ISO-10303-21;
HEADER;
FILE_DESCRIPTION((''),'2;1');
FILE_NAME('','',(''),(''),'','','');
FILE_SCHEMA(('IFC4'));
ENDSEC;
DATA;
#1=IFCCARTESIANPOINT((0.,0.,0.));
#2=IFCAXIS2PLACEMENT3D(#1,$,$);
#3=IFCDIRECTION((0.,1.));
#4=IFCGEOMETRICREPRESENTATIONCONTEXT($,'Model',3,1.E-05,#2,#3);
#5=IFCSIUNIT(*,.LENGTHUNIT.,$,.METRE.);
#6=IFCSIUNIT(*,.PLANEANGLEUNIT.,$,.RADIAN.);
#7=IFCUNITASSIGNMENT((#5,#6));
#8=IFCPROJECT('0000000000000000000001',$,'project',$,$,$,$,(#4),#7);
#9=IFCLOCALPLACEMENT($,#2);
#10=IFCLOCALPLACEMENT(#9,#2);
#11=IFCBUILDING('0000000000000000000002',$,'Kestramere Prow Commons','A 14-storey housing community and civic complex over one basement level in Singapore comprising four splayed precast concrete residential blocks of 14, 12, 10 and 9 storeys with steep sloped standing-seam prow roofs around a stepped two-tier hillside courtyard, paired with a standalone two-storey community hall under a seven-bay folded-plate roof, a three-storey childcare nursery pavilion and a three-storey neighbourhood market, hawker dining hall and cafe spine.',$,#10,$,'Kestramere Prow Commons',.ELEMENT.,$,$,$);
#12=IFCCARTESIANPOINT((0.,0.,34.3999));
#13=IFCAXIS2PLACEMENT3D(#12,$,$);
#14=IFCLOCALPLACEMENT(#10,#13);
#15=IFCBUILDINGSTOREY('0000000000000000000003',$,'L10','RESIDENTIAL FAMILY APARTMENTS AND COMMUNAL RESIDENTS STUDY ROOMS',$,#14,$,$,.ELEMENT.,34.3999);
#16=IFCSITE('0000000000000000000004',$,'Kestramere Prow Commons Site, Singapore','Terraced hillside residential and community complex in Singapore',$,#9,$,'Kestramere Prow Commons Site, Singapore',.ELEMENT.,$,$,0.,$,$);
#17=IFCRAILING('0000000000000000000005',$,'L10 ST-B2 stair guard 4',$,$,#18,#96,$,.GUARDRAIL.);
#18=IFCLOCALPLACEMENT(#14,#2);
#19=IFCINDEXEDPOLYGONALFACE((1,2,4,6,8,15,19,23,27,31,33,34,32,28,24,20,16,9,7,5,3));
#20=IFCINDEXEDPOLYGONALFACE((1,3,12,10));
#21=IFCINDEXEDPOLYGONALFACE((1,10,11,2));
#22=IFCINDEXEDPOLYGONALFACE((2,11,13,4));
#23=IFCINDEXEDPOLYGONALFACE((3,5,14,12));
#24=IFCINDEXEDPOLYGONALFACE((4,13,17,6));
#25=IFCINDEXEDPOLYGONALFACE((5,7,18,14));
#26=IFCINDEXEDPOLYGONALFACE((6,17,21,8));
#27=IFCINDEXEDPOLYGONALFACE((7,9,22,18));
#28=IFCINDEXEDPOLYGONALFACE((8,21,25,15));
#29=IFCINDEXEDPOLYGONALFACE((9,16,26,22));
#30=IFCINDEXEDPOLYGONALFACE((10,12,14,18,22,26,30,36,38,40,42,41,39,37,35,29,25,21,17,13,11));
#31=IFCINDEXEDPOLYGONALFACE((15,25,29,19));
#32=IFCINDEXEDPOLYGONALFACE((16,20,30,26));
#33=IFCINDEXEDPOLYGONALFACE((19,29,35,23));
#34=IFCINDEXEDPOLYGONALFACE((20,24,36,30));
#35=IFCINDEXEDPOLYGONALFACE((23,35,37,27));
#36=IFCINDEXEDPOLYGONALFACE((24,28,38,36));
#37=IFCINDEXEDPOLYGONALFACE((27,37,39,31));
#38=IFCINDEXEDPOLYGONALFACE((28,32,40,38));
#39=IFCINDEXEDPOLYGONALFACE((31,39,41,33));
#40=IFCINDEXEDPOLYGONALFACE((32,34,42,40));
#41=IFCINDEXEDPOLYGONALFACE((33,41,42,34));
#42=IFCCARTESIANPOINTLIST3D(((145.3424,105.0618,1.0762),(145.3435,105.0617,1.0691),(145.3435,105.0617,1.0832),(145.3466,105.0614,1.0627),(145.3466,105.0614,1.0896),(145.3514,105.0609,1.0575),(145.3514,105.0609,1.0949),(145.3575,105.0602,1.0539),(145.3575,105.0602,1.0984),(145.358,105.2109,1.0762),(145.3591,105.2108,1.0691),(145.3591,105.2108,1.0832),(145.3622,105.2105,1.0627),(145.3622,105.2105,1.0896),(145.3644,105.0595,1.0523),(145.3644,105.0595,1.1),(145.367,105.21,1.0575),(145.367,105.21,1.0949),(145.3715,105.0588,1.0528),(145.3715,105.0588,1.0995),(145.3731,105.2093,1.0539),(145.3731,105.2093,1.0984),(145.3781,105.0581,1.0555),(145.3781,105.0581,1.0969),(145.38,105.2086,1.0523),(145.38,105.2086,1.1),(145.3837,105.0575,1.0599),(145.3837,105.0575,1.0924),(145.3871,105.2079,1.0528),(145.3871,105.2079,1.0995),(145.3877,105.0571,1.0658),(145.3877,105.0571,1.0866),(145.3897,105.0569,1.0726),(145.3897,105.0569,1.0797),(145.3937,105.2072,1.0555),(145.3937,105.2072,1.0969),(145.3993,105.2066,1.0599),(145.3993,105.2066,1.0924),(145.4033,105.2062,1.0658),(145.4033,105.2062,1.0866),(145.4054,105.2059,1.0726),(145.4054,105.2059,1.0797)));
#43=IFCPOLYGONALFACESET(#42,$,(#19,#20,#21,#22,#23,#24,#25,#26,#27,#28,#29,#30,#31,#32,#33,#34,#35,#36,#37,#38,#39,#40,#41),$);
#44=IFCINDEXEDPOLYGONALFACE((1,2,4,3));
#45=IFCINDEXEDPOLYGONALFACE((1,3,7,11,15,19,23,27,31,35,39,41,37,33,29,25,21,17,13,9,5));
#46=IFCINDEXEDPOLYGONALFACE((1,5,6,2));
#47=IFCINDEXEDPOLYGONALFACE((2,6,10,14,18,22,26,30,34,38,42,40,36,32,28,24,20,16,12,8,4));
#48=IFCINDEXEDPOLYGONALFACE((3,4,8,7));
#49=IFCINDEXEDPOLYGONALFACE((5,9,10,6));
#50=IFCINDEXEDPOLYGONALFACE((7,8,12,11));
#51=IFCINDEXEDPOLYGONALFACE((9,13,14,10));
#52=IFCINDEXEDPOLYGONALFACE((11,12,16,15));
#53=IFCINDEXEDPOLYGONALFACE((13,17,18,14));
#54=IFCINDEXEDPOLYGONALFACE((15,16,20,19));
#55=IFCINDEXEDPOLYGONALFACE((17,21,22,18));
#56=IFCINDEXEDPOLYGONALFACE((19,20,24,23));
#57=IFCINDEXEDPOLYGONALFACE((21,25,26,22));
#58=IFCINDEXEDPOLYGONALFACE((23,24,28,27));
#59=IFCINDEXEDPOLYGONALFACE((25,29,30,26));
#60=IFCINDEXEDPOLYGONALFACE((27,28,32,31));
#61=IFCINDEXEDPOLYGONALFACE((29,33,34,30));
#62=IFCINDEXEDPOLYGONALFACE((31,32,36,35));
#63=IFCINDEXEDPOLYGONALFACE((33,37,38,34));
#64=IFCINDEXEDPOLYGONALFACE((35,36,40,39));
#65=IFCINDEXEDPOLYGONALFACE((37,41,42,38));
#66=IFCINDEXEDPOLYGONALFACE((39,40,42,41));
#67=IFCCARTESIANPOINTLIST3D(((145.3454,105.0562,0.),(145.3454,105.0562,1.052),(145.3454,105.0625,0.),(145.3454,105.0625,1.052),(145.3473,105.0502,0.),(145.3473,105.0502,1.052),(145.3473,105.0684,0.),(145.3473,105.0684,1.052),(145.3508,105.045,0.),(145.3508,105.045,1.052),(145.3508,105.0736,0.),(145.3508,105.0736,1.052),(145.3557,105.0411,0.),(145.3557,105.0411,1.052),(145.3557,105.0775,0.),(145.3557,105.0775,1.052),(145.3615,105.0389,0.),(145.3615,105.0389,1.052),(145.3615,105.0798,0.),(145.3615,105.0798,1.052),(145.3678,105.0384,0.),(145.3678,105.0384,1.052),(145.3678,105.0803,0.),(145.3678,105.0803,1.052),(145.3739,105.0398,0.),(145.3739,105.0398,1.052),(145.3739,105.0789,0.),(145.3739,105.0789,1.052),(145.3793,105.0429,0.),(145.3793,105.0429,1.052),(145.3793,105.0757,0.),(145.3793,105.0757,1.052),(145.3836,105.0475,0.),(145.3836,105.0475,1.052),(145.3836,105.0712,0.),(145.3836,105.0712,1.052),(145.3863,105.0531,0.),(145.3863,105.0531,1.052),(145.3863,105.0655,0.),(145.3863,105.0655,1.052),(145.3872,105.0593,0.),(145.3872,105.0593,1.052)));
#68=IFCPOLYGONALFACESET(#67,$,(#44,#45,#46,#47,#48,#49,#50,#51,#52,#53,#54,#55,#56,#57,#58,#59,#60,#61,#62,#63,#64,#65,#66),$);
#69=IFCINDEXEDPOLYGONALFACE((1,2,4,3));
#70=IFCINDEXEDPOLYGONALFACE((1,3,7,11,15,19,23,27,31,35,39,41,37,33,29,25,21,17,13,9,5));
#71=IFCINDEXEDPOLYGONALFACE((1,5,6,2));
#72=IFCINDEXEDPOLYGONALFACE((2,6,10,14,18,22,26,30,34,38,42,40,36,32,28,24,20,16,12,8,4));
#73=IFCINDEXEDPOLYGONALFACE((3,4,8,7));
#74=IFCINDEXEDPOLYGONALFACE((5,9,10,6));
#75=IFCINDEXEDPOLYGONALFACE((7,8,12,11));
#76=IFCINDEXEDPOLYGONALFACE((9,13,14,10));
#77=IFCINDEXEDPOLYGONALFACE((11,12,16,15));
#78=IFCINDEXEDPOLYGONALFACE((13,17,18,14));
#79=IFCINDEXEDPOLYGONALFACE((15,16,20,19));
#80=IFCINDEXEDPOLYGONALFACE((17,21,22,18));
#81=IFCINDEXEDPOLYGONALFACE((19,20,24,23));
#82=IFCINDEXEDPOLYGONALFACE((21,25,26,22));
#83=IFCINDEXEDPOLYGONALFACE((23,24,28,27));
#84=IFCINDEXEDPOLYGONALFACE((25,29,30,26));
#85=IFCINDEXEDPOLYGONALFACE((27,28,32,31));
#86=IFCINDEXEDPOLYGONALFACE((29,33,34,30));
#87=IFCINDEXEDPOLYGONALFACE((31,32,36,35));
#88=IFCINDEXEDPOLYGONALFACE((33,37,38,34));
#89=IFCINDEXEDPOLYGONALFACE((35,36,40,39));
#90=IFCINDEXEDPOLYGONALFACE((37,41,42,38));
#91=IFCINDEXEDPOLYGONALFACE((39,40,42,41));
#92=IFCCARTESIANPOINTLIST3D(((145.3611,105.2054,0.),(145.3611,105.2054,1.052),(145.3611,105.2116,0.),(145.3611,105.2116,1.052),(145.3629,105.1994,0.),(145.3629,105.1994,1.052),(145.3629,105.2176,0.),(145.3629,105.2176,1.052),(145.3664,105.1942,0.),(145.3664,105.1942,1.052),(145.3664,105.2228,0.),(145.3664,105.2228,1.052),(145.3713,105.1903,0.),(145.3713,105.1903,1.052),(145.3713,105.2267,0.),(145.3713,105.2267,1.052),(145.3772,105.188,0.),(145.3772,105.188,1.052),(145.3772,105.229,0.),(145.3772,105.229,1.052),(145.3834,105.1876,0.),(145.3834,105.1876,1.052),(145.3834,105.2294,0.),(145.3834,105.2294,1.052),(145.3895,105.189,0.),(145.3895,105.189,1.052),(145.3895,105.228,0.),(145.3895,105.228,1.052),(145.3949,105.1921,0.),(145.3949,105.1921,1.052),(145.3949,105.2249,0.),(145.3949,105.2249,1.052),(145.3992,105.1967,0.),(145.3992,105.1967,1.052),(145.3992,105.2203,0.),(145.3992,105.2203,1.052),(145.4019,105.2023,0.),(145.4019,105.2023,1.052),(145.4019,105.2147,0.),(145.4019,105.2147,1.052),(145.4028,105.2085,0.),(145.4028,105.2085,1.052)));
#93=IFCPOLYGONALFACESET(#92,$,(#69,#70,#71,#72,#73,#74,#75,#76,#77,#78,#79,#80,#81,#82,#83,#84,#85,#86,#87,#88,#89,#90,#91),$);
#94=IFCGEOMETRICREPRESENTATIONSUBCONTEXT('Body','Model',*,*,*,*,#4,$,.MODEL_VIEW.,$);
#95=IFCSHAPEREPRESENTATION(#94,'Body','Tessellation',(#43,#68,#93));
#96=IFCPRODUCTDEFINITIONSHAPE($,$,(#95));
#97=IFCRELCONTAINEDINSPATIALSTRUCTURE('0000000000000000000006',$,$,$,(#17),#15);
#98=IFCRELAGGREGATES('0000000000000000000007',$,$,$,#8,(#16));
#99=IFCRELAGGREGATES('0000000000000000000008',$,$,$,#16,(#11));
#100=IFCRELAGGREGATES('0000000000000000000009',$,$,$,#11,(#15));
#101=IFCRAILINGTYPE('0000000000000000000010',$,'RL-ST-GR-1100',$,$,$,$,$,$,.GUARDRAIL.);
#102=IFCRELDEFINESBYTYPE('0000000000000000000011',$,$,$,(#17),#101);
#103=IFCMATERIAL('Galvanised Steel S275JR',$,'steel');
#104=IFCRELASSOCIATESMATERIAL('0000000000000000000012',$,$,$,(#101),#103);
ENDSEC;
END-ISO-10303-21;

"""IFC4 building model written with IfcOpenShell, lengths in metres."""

from ifc_helpers import new_model, si_unit, direction, frame, origin, origin_2d, place, context, subcontext, project, spatial, circle, extrude, material, type_object, element, save


model = new_model("IFC4")

# Units and contexts
model_context = context("Model", 3, precision=1e-05, world=origin(), true_north=direction((0.0, 1.0)))
body_context = subcontext(model_context, "Body", "Model", "MODEL_VIEW")
ifc_project = project(units=[si_unit("LENGTHUNIT", "METRE"), si_unit("PLANEANGLEUNIT", "RADIAN")], contexts=[model_context])

# Site, building, storey
site_placement = place(None, origin())
site = spatial("IfcSite", under=ifc_project, at=site_placement, Name="Kestramere Prow Commons Site, Singapore", Description="Terraced hillside residential and community complex in Singapore", LongName="Kestramere Prow Commons Site, Singapore", CompositionType="ELEMENT", RefElevation=0.0)
building_placement = place(site_placement, origin())
building = spatial("IfcBuilding", under=site, at=building_placement, Name="Kestramere Prow Commons", Description="A 14-storey housing community and civic complex over one basement level in Singapore comprising four splayed precast concrete residential blocks of 14, 12, 10 and 9 storeys with steep sloped standing-seam prow roofs around a stepped two-tier hillside courtyard, paired with a standalone two-storey community hall under a seven-bay folded-plate roof, a three-storey childcare nursery pavilion and a three-storey neighbourhood market, hawker dining hall and cafe spine.", LongName="Kestramere Prow Commons", CompositionType="ELEMENT")
storey_placement = place(building_placement, frame((0.0, 0.0, 34.3999)))
storey = spatial("IfcBuildingStorey", under=building, at=storey_placement, Name="L10", Description="RESIDENTIAL FAMILY APARTMENTS AND COMMUNAL RESIDENTS STUDY ROOMS", CompositionType="ELEMENT", Elevation=34.3999)

# Railing
ifc_material_1 = material(Name="Galvanised Steel S275JR", Category="steel")
railing_type_1 = type_object("IfcRailingType", Name="RL-ST-GR-1100", PredefinedType="GUARDRAIL", material=ifc_material_1)
railing_1_placement = place(storey_placement, frame((145.3662, 105.0593, 0.0)))
element("IfcRailing", 1, at=railing_1_placement, inside=storey, type_object=railing_type_1, Name="L10 ST-B2 stair guard 4", PredefinedType="GUARDRAIL", context=body_context, shape_type="SweptSolid", body=[
    extrude(circle(Radius=0.0239, at=origin_2d()), frame((0.0, 0.0, 1.0762), z_axis=(0.104176, 0.994559, 0.0), x_axis=(-0.994559, 0.104176, 0.0)), (0.0, 0.0, 1.0), 0.1499),
    extrude(circle(Radius=0.021, at=origin_2d()), origin(), (0.0, 0.0, 1.0), 1.052),
    extrude(circle(Radius=0.021, at=origin_2d()), frame((0.0156, 0.1492, 0.0)), (0.0, 0.0, 1.0), 1.052),
])

save(model, "model.ifc")
